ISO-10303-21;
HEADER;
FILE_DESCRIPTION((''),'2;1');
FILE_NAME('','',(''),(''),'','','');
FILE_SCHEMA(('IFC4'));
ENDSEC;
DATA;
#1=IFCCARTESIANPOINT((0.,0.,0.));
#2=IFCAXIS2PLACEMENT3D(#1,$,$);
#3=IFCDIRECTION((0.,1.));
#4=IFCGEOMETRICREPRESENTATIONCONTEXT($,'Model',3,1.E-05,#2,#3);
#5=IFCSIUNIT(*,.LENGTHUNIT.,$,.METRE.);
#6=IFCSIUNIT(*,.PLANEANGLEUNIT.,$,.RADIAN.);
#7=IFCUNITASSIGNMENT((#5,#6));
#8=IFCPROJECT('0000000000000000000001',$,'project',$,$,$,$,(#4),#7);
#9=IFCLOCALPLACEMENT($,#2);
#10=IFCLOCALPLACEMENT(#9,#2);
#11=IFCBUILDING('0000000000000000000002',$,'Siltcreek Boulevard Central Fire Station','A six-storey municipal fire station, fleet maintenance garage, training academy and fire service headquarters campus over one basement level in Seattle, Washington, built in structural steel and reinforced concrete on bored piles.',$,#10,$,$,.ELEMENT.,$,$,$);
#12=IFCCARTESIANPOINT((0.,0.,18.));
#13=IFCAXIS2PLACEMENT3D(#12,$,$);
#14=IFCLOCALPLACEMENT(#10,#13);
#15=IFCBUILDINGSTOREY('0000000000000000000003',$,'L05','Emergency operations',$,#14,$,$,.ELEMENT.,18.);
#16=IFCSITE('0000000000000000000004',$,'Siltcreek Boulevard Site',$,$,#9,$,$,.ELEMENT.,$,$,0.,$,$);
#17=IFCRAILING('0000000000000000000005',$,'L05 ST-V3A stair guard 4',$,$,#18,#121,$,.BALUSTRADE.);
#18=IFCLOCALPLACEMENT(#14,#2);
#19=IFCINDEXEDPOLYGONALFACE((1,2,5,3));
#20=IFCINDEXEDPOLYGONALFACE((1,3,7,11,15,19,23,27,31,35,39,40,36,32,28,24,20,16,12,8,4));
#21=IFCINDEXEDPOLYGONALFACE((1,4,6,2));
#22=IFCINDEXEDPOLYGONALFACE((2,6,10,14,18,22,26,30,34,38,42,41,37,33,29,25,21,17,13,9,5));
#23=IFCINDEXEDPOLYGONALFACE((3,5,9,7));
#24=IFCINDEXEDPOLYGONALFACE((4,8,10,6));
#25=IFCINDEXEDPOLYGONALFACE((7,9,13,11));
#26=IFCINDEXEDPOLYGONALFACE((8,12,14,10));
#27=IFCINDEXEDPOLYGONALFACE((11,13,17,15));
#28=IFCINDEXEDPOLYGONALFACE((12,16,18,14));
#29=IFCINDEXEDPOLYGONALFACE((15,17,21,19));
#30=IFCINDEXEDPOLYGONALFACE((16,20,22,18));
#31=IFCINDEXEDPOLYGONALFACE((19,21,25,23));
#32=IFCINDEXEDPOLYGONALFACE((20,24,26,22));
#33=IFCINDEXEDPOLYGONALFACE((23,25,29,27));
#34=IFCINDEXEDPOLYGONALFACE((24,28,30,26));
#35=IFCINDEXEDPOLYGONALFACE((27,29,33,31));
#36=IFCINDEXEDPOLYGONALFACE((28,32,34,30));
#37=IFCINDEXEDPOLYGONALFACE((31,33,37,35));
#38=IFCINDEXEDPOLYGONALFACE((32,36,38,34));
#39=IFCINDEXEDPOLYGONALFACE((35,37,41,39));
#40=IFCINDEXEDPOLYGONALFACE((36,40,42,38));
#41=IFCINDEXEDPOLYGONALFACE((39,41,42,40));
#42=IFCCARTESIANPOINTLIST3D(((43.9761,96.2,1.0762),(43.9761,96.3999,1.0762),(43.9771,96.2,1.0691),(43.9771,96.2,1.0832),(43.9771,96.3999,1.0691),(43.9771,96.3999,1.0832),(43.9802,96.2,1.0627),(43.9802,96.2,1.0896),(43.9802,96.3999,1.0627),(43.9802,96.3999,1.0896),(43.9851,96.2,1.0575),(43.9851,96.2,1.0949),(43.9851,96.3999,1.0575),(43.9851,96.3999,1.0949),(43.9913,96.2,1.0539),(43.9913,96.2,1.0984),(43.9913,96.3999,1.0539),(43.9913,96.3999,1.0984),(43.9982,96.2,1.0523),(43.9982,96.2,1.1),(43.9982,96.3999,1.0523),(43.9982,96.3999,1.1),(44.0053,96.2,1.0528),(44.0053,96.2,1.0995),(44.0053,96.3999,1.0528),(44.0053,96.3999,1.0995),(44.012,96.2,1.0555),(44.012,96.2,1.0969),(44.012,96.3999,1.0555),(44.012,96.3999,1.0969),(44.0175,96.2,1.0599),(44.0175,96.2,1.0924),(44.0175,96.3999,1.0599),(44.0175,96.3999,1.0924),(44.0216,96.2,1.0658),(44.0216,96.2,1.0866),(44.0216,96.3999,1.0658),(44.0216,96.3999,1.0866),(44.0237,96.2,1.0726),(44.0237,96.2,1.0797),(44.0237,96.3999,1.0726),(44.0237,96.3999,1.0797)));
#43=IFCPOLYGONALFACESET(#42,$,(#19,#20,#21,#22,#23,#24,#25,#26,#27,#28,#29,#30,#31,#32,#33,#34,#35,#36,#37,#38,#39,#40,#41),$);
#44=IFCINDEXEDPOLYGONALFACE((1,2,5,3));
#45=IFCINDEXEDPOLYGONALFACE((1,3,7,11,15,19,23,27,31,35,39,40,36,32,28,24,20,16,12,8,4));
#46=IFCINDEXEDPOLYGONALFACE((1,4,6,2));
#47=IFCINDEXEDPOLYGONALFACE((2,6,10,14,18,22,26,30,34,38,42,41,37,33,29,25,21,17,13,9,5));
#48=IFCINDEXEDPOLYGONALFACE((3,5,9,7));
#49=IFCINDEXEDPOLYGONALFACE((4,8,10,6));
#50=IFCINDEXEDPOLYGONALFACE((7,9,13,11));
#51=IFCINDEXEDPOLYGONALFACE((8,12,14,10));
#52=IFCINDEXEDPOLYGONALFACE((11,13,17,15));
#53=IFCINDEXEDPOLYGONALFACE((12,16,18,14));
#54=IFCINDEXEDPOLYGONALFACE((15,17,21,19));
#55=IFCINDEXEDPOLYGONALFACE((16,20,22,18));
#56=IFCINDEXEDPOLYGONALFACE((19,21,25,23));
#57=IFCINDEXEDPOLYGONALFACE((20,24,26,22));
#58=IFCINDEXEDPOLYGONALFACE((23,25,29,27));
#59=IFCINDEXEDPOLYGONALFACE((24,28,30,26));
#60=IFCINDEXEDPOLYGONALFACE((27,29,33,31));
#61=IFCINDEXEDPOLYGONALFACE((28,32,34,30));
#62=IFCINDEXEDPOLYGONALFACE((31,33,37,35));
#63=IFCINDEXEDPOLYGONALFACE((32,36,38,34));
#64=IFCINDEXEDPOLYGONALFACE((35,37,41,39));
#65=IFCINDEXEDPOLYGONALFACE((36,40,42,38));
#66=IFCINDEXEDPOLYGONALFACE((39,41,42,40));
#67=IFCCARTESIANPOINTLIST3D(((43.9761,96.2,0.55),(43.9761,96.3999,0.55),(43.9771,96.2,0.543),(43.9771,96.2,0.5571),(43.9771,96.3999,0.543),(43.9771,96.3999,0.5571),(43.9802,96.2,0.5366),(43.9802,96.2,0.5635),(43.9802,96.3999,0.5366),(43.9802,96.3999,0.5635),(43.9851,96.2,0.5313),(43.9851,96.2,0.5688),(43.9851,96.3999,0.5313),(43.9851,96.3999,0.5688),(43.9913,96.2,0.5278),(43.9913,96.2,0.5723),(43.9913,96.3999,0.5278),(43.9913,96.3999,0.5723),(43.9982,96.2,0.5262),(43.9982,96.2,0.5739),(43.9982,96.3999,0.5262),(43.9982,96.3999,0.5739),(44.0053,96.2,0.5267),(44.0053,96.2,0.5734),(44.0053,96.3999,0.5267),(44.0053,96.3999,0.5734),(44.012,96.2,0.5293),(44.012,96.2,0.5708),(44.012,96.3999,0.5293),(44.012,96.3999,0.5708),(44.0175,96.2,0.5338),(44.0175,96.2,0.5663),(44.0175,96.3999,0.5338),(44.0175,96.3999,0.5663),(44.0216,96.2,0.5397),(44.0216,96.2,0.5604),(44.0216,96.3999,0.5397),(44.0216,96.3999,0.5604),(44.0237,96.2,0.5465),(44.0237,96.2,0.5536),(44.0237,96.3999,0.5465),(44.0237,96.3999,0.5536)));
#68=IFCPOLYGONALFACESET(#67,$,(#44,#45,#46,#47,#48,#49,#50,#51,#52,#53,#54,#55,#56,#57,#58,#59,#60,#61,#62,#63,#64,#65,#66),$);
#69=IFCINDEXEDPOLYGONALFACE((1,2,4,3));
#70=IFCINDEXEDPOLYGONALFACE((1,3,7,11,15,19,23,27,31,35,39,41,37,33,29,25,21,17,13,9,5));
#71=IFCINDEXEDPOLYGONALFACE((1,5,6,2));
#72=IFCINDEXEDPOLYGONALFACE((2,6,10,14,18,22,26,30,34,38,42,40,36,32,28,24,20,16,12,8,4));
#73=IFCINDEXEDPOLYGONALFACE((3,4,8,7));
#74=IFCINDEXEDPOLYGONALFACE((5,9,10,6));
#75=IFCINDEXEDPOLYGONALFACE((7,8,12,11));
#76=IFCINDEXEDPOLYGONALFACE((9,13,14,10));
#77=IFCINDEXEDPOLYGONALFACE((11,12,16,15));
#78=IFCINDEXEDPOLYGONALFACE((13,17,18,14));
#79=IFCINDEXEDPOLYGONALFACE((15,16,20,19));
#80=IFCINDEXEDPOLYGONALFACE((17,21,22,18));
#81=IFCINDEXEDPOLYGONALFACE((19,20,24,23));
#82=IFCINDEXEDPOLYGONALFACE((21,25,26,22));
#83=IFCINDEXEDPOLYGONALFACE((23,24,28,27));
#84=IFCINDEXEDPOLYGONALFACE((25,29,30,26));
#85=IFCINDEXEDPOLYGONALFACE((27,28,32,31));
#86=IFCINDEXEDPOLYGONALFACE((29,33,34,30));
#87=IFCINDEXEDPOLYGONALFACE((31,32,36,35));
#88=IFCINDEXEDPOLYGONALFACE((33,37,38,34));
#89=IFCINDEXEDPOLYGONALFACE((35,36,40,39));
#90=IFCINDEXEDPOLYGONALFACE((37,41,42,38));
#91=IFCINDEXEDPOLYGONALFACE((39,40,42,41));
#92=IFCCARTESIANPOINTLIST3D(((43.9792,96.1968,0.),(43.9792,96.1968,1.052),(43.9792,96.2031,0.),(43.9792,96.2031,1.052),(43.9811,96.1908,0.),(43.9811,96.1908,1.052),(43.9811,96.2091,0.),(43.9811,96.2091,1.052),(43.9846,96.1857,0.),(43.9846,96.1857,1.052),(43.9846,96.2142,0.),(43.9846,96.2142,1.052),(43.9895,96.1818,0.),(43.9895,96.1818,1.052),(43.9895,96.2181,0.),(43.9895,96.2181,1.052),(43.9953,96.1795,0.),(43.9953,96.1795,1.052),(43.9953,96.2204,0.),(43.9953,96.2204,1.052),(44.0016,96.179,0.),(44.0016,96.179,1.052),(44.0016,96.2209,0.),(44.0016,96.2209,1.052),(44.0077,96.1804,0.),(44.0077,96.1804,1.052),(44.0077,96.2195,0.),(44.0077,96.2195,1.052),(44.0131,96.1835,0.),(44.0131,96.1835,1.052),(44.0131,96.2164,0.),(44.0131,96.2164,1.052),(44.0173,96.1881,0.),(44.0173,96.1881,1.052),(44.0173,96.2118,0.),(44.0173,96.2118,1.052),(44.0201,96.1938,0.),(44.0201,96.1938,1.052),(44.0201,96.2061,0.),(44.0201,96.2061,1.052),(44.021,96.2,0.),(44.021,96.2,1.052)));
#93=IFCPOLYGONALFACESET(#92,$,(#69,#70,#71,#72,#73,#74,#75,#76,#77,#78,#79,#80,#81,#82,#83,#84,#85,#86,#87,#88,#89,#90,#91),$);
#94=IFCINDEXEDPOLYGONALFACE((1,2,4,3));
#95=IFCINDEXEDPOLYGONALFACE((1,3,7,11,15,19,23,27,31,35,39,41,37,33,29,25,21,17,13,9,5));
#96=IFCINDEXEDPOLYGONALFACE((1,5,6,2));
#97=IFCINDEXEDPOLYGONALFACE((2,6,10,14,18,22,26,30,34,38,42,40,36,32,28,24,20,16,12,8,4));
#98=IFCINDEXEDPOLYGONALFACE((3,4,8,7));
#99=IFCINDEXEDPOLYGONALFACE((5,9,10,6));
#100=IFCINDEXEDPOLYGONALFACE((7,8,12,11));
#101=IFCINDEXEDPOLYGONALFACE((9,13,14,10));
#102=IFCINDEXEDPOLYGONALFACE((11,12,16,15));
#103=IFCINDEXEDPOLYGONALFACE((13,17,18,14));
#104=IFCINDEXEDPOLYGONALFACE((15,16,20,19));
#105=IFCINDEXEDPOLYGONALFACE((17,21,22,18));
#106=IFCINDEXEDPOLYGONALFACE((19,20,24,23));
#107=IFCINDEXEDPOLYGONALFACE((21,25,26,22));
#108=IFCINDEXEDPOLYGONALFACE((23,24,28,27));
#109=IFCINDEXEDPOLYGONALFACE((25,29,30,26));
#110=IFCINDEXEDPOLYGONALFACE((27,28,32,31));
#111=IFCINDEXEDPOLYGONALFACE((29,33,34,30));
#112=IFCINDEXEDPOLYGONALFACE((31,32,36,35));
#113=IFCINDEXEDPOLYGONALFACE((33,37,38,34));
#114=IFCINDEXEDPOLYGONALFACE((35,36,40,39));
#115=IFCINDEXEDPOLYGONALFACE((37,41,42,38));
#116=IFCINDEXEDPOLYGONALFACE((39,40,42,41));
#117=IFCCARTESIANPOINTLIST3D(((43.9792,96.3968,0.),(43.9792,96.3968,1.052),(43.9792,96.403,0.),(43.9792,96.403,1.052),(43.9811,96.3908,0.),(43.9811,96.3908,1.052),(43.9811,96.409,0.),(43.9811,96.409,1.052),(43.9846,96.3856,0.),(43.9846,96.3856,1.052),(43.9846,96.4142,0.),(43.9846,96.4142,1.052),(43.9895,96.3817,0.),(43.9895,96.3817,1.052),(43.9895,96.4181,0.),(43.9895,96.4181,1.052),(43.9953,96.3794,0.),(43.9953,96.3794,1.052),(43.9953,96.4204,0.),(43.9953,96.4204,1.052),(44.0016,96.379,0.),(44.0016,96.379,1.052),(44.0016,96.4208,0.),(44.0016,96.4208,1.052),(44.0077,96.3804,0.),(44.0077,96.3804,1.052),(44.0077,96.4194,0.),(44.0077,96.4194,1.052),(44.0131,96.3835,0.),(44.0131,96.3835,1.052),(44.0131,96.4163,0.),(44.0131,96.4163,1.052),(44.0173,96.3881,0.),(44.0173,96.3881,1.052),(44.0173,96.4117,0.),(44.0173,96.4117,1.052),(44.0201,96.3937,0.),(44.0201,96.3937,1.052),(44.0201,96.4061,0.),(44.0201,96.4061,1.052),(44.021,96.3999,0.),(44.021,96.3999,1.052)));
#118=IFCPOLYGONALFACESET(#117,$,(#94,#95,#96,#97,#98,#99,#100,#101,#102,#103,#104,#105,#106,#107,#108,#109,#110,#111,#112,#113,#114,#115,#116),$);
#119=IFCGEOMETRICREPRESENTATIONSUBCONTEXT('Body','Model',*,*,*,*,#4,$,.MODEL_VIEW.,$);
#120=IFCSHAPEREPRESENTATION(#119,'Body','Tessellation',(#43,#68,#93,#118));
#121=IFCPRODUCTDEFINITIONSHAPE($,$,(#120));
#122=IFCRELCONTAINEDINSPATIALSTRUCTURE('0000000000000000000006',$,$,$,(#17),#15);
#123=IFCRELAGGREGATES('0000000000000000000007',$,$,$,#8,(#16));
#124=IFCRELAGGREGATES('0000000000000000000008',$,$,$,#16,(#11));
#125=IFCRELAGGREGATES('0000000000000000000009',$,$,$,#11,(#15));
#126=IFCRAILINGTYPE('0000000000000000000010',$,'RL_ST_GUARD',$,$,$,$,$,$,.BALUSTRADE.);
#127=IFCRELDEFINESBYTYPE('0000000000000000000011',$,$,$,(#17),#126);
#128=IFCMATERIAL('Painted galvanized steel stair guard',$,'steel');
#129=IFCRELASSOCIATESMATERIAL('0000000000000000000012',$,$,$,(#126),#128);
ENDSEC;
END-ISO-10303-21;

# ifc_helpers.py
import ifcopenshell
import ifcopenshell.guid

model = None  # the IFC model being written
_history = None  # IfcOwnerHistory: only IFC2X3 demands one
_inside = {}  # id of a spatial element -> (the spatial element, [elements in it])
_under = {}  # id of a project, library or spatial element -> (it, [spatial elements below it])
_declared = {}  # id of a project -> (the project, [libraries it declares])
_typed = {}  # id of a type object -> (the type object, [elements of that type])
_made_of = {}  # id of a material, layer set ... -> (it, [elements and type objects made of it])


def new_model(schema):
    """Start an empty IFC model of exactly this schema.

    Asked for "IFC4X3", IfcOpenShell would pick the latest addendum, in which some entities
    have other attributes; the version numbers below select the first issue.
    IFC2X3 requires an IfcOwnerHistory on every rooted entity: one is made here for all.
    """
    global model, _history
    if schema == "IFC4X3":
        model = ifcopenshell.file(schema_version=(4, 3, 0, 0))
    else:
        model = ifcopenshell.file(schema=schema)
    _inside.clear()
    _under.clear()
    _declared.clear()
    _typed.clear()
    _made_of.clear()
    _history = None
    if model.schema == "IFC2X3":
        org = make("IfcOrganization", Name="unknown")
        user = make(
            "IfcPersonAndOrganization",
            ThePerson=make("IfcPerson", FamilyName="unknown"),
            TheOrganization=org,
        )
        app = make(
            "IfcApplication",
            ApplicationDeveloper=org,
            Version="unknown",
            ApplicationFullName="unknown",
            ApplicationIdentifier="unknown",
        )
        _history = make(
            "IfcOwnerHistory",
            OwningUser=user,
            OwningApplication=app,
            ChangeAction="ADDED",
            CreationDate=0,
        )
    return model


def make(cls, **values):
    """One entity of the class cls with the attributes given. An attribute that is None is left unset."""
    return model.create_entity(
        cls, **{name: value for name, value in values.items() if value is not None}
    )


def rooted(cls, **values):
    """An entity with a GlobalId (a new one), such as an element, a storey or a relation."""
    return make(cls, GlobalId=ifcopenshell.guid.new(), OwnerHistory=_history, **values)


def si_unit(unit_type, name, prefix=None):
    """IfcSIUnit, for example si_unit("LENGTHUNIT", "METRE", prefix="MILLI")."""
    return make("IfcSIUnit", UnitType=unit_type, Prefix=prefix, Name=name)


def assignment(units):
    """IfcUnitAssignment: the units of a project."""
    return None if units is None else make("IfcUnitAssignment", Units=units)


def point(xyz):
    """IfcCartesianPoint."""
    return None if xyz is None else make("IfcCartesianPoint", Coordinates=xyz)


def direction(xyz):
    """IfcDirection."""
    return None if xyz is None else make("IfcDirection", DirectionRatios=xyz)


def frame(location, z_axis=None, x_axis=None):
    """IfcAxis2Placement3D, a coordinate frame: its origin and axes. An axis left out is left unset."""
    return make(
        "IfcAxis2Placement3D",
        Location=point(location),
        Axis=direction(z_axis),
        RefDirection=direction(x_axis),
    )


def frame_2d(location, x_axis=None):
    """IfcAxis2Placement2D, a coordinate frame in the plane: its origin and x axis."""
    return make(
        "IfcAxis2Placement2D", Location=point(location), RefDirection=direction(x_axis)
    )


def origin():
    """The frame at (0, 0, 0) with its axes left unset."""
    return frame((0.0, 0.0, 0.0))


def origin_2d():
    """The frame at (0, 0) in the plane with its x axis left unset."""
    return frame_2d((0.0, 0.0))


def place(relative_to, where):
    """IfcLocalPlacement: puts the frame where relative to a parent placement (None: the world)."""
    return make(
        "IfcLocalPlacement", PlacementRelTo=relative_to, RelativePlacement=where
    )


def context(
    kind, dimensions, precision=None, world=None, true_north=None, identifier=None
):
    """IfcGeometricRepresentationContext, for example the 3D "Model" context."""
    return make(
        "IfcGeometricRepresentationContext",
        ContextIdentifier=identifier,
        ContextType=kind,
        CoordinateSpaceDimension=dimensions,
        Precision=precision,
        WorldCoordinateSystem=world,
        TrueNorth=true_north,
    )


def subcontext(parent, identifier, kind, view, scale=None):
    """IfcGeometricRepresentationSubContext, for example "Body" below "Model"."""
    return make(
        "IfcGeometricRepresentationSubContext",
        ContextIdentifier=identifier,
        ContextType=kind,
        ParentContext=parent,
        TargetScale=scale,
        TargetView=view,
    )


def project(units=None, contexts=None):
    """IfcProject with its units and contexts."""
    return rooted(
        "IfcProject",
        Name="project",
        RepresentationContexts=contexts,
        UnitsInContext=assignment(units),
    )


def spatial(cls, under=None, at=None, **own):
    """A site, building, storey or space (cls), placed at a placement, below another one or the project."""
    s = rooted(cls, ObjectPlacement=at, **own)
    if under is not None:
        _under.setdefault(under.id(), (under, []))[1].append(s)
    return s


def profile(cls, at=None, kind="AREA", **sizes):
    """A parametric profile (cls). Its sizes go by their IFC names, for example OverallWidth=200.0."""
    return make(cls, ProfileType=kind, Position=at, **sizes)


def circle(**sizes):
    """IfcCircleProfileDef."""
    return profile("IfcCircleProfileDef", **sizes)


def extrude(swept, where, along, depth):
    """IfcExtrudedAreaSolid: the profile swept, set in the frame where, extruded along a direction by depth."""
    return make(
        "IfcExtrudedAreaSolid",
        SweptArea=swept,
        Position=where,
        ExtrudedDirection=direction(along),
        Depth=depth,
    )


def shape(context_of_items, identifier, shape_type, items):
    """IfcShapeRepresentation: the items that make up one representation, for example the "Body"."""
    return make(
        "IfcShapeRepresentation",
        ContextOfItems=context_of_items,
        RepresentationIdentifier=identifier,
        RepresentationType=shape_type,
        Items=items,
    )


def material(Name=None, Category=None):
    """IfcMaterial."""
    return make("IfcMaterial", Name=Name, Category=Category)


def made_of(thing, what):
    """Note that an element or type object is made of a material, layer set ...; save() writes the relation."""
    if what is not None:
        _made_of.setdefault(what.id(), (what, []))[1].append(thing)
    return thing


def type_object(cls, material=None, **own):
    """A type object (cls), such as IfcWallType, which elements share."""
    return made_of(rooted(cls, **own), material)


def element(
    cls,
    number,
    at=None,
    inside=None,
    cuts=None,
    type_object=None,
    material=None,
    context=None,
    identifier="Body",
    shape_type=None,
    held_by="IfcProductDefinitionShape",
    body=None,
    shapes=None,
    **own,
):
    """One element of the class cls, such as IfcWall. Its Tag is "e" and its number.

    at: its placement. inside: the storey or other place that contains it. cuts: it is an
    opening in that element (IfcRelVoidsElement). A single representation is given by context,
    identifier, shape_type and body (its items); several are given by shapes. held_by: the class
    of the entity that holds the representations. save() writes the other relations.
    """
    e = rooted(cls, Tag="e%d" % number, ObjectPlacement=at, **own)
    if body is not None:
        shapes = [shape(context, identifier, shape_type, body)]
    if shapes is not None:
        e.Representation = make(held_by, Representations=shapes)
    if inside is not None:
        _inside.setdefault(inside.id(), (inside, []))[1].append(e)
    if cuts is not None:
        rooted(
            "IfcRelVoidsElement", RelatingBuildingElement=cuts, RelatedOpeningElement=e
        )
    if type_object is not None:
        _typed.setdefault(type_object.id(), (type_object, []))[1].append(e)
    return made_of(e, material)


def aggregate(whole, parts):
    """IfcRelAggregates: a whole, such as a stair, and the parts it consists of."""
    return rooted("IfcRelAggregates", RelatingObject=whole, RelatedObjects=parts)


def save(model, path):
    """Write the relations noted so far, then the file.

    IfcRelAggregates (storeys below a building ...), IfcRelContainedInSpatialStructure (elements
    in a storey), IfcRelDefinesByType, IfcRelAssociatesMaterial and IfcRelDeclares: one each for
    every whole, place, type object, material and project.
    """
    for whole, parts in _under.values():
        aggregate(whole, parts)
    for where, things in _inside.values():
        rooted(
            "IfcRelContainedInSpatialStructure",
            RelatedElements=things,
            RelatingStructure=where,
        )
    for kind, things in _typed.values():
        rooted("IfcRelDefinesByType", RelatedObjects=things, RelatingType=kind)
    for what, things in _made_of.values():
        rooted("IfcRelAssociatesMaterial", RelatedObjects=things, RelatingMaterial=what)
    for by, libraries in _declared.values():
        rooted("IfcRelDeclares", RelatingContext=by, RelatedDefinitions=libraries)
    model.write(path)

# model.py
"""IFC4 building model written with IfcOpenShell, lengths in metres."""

from ifc_helpers import new_model, si_unit, direction, frame, origin, origin_2d, place, context, subcontext, project, spatial, circle, extrude, material, type_object, element, save


model = new_model("IFC4")

# Units and contexts
model_context = context("Model", 3, precision=1e-05, world=origin(), true_north=direction((0.0, 1.0)))
body_context = subcontext(model_context, "Body", "Model", "MODEL_VIEW")
ifc_project = project(units=[si_unit("LENGTHUNIT", "METRE"), si_unit("PLANEANGLEUNIT", "RADIAN")], contexts=[model_context])

# Site, building, storey
site_placement = place(None, origin())
site = spatial("IfcSite", under=ifc_project, at=site_placement, Name="Siltcreek Boulevard Site", CompositionType="ELEMENT", RefElevation=0.0)
building_placement = place(site_placement, origin())
building = spatial("IfcBuilding", under=site, at=building_placement, Name="Siltcreek Boulevard Central Fire Station", Description="A six-storey municipal fire station, fleet maintenance garage, training academy and fire service headquarters campus over one basement level in Seattle, Washington, built in structural steel and reinforced concrete on bored piles.", CompositionType="ELEMENT")
storey_placement = place(building_placement, frame((0.0, 0.0, 18.0)))
storey = spatial("IfcBuildingStorey", under=building, at=storey_placement, Name="L05", Description="Emergency operations", CompositionType="ELEMENT", Elevation=18.0)

# Railing
ifc_material_1 = material(Name="Painted galvanized steel stair guard", Category="steel")
railing_type_1 = type_object("IfcRailingType", Name="RL_ST_GUARD", PredefinedType="BALUSTRADE", material=ifc_material_1)
railing_1_placement = place(storey_placement, frame((44.0, 96.2, 0.0)))
element("IfcRailing", 1, at=railing_1_placement, inside=storey, type_object=railing_type_1, Name="L05 ST-V3A stair guard 4", PredefinedType="BALUSTRADE", context=body_context, shape_type="SweptSolid", body=[
    extrude(circle(Radius=0.0239, at=origin_2d()), frame((0.0, 0.0, 1.0762), z_axis=(0.0, 1.0, 0.0), x_axis=(-1.0, 0.0, 0.0)), (0.0, 0.0, 1.0), 0.2),
    extrude(circle(Radius=0.0239, at=origin_2d()), frame((0.0, 0.0, 0.55), z_axis=(0.0, 1.0, 0.0), x_axis=(-1.0, 0.0, 0.0)), (0.0, 0.0, 1.0), 0.2),
    extrude(circle(Radius=0.021, at=origin_2d()), origin(), (0.0, 0.0, 1.0), 1.052),
    extrude(circle(Radius=0.021, at=origin_2d()), frame((0.0, 0.2, 0.0)), (0.0, 0.0, 1.0), 1.052),
])

save(model, "model.ifc")
